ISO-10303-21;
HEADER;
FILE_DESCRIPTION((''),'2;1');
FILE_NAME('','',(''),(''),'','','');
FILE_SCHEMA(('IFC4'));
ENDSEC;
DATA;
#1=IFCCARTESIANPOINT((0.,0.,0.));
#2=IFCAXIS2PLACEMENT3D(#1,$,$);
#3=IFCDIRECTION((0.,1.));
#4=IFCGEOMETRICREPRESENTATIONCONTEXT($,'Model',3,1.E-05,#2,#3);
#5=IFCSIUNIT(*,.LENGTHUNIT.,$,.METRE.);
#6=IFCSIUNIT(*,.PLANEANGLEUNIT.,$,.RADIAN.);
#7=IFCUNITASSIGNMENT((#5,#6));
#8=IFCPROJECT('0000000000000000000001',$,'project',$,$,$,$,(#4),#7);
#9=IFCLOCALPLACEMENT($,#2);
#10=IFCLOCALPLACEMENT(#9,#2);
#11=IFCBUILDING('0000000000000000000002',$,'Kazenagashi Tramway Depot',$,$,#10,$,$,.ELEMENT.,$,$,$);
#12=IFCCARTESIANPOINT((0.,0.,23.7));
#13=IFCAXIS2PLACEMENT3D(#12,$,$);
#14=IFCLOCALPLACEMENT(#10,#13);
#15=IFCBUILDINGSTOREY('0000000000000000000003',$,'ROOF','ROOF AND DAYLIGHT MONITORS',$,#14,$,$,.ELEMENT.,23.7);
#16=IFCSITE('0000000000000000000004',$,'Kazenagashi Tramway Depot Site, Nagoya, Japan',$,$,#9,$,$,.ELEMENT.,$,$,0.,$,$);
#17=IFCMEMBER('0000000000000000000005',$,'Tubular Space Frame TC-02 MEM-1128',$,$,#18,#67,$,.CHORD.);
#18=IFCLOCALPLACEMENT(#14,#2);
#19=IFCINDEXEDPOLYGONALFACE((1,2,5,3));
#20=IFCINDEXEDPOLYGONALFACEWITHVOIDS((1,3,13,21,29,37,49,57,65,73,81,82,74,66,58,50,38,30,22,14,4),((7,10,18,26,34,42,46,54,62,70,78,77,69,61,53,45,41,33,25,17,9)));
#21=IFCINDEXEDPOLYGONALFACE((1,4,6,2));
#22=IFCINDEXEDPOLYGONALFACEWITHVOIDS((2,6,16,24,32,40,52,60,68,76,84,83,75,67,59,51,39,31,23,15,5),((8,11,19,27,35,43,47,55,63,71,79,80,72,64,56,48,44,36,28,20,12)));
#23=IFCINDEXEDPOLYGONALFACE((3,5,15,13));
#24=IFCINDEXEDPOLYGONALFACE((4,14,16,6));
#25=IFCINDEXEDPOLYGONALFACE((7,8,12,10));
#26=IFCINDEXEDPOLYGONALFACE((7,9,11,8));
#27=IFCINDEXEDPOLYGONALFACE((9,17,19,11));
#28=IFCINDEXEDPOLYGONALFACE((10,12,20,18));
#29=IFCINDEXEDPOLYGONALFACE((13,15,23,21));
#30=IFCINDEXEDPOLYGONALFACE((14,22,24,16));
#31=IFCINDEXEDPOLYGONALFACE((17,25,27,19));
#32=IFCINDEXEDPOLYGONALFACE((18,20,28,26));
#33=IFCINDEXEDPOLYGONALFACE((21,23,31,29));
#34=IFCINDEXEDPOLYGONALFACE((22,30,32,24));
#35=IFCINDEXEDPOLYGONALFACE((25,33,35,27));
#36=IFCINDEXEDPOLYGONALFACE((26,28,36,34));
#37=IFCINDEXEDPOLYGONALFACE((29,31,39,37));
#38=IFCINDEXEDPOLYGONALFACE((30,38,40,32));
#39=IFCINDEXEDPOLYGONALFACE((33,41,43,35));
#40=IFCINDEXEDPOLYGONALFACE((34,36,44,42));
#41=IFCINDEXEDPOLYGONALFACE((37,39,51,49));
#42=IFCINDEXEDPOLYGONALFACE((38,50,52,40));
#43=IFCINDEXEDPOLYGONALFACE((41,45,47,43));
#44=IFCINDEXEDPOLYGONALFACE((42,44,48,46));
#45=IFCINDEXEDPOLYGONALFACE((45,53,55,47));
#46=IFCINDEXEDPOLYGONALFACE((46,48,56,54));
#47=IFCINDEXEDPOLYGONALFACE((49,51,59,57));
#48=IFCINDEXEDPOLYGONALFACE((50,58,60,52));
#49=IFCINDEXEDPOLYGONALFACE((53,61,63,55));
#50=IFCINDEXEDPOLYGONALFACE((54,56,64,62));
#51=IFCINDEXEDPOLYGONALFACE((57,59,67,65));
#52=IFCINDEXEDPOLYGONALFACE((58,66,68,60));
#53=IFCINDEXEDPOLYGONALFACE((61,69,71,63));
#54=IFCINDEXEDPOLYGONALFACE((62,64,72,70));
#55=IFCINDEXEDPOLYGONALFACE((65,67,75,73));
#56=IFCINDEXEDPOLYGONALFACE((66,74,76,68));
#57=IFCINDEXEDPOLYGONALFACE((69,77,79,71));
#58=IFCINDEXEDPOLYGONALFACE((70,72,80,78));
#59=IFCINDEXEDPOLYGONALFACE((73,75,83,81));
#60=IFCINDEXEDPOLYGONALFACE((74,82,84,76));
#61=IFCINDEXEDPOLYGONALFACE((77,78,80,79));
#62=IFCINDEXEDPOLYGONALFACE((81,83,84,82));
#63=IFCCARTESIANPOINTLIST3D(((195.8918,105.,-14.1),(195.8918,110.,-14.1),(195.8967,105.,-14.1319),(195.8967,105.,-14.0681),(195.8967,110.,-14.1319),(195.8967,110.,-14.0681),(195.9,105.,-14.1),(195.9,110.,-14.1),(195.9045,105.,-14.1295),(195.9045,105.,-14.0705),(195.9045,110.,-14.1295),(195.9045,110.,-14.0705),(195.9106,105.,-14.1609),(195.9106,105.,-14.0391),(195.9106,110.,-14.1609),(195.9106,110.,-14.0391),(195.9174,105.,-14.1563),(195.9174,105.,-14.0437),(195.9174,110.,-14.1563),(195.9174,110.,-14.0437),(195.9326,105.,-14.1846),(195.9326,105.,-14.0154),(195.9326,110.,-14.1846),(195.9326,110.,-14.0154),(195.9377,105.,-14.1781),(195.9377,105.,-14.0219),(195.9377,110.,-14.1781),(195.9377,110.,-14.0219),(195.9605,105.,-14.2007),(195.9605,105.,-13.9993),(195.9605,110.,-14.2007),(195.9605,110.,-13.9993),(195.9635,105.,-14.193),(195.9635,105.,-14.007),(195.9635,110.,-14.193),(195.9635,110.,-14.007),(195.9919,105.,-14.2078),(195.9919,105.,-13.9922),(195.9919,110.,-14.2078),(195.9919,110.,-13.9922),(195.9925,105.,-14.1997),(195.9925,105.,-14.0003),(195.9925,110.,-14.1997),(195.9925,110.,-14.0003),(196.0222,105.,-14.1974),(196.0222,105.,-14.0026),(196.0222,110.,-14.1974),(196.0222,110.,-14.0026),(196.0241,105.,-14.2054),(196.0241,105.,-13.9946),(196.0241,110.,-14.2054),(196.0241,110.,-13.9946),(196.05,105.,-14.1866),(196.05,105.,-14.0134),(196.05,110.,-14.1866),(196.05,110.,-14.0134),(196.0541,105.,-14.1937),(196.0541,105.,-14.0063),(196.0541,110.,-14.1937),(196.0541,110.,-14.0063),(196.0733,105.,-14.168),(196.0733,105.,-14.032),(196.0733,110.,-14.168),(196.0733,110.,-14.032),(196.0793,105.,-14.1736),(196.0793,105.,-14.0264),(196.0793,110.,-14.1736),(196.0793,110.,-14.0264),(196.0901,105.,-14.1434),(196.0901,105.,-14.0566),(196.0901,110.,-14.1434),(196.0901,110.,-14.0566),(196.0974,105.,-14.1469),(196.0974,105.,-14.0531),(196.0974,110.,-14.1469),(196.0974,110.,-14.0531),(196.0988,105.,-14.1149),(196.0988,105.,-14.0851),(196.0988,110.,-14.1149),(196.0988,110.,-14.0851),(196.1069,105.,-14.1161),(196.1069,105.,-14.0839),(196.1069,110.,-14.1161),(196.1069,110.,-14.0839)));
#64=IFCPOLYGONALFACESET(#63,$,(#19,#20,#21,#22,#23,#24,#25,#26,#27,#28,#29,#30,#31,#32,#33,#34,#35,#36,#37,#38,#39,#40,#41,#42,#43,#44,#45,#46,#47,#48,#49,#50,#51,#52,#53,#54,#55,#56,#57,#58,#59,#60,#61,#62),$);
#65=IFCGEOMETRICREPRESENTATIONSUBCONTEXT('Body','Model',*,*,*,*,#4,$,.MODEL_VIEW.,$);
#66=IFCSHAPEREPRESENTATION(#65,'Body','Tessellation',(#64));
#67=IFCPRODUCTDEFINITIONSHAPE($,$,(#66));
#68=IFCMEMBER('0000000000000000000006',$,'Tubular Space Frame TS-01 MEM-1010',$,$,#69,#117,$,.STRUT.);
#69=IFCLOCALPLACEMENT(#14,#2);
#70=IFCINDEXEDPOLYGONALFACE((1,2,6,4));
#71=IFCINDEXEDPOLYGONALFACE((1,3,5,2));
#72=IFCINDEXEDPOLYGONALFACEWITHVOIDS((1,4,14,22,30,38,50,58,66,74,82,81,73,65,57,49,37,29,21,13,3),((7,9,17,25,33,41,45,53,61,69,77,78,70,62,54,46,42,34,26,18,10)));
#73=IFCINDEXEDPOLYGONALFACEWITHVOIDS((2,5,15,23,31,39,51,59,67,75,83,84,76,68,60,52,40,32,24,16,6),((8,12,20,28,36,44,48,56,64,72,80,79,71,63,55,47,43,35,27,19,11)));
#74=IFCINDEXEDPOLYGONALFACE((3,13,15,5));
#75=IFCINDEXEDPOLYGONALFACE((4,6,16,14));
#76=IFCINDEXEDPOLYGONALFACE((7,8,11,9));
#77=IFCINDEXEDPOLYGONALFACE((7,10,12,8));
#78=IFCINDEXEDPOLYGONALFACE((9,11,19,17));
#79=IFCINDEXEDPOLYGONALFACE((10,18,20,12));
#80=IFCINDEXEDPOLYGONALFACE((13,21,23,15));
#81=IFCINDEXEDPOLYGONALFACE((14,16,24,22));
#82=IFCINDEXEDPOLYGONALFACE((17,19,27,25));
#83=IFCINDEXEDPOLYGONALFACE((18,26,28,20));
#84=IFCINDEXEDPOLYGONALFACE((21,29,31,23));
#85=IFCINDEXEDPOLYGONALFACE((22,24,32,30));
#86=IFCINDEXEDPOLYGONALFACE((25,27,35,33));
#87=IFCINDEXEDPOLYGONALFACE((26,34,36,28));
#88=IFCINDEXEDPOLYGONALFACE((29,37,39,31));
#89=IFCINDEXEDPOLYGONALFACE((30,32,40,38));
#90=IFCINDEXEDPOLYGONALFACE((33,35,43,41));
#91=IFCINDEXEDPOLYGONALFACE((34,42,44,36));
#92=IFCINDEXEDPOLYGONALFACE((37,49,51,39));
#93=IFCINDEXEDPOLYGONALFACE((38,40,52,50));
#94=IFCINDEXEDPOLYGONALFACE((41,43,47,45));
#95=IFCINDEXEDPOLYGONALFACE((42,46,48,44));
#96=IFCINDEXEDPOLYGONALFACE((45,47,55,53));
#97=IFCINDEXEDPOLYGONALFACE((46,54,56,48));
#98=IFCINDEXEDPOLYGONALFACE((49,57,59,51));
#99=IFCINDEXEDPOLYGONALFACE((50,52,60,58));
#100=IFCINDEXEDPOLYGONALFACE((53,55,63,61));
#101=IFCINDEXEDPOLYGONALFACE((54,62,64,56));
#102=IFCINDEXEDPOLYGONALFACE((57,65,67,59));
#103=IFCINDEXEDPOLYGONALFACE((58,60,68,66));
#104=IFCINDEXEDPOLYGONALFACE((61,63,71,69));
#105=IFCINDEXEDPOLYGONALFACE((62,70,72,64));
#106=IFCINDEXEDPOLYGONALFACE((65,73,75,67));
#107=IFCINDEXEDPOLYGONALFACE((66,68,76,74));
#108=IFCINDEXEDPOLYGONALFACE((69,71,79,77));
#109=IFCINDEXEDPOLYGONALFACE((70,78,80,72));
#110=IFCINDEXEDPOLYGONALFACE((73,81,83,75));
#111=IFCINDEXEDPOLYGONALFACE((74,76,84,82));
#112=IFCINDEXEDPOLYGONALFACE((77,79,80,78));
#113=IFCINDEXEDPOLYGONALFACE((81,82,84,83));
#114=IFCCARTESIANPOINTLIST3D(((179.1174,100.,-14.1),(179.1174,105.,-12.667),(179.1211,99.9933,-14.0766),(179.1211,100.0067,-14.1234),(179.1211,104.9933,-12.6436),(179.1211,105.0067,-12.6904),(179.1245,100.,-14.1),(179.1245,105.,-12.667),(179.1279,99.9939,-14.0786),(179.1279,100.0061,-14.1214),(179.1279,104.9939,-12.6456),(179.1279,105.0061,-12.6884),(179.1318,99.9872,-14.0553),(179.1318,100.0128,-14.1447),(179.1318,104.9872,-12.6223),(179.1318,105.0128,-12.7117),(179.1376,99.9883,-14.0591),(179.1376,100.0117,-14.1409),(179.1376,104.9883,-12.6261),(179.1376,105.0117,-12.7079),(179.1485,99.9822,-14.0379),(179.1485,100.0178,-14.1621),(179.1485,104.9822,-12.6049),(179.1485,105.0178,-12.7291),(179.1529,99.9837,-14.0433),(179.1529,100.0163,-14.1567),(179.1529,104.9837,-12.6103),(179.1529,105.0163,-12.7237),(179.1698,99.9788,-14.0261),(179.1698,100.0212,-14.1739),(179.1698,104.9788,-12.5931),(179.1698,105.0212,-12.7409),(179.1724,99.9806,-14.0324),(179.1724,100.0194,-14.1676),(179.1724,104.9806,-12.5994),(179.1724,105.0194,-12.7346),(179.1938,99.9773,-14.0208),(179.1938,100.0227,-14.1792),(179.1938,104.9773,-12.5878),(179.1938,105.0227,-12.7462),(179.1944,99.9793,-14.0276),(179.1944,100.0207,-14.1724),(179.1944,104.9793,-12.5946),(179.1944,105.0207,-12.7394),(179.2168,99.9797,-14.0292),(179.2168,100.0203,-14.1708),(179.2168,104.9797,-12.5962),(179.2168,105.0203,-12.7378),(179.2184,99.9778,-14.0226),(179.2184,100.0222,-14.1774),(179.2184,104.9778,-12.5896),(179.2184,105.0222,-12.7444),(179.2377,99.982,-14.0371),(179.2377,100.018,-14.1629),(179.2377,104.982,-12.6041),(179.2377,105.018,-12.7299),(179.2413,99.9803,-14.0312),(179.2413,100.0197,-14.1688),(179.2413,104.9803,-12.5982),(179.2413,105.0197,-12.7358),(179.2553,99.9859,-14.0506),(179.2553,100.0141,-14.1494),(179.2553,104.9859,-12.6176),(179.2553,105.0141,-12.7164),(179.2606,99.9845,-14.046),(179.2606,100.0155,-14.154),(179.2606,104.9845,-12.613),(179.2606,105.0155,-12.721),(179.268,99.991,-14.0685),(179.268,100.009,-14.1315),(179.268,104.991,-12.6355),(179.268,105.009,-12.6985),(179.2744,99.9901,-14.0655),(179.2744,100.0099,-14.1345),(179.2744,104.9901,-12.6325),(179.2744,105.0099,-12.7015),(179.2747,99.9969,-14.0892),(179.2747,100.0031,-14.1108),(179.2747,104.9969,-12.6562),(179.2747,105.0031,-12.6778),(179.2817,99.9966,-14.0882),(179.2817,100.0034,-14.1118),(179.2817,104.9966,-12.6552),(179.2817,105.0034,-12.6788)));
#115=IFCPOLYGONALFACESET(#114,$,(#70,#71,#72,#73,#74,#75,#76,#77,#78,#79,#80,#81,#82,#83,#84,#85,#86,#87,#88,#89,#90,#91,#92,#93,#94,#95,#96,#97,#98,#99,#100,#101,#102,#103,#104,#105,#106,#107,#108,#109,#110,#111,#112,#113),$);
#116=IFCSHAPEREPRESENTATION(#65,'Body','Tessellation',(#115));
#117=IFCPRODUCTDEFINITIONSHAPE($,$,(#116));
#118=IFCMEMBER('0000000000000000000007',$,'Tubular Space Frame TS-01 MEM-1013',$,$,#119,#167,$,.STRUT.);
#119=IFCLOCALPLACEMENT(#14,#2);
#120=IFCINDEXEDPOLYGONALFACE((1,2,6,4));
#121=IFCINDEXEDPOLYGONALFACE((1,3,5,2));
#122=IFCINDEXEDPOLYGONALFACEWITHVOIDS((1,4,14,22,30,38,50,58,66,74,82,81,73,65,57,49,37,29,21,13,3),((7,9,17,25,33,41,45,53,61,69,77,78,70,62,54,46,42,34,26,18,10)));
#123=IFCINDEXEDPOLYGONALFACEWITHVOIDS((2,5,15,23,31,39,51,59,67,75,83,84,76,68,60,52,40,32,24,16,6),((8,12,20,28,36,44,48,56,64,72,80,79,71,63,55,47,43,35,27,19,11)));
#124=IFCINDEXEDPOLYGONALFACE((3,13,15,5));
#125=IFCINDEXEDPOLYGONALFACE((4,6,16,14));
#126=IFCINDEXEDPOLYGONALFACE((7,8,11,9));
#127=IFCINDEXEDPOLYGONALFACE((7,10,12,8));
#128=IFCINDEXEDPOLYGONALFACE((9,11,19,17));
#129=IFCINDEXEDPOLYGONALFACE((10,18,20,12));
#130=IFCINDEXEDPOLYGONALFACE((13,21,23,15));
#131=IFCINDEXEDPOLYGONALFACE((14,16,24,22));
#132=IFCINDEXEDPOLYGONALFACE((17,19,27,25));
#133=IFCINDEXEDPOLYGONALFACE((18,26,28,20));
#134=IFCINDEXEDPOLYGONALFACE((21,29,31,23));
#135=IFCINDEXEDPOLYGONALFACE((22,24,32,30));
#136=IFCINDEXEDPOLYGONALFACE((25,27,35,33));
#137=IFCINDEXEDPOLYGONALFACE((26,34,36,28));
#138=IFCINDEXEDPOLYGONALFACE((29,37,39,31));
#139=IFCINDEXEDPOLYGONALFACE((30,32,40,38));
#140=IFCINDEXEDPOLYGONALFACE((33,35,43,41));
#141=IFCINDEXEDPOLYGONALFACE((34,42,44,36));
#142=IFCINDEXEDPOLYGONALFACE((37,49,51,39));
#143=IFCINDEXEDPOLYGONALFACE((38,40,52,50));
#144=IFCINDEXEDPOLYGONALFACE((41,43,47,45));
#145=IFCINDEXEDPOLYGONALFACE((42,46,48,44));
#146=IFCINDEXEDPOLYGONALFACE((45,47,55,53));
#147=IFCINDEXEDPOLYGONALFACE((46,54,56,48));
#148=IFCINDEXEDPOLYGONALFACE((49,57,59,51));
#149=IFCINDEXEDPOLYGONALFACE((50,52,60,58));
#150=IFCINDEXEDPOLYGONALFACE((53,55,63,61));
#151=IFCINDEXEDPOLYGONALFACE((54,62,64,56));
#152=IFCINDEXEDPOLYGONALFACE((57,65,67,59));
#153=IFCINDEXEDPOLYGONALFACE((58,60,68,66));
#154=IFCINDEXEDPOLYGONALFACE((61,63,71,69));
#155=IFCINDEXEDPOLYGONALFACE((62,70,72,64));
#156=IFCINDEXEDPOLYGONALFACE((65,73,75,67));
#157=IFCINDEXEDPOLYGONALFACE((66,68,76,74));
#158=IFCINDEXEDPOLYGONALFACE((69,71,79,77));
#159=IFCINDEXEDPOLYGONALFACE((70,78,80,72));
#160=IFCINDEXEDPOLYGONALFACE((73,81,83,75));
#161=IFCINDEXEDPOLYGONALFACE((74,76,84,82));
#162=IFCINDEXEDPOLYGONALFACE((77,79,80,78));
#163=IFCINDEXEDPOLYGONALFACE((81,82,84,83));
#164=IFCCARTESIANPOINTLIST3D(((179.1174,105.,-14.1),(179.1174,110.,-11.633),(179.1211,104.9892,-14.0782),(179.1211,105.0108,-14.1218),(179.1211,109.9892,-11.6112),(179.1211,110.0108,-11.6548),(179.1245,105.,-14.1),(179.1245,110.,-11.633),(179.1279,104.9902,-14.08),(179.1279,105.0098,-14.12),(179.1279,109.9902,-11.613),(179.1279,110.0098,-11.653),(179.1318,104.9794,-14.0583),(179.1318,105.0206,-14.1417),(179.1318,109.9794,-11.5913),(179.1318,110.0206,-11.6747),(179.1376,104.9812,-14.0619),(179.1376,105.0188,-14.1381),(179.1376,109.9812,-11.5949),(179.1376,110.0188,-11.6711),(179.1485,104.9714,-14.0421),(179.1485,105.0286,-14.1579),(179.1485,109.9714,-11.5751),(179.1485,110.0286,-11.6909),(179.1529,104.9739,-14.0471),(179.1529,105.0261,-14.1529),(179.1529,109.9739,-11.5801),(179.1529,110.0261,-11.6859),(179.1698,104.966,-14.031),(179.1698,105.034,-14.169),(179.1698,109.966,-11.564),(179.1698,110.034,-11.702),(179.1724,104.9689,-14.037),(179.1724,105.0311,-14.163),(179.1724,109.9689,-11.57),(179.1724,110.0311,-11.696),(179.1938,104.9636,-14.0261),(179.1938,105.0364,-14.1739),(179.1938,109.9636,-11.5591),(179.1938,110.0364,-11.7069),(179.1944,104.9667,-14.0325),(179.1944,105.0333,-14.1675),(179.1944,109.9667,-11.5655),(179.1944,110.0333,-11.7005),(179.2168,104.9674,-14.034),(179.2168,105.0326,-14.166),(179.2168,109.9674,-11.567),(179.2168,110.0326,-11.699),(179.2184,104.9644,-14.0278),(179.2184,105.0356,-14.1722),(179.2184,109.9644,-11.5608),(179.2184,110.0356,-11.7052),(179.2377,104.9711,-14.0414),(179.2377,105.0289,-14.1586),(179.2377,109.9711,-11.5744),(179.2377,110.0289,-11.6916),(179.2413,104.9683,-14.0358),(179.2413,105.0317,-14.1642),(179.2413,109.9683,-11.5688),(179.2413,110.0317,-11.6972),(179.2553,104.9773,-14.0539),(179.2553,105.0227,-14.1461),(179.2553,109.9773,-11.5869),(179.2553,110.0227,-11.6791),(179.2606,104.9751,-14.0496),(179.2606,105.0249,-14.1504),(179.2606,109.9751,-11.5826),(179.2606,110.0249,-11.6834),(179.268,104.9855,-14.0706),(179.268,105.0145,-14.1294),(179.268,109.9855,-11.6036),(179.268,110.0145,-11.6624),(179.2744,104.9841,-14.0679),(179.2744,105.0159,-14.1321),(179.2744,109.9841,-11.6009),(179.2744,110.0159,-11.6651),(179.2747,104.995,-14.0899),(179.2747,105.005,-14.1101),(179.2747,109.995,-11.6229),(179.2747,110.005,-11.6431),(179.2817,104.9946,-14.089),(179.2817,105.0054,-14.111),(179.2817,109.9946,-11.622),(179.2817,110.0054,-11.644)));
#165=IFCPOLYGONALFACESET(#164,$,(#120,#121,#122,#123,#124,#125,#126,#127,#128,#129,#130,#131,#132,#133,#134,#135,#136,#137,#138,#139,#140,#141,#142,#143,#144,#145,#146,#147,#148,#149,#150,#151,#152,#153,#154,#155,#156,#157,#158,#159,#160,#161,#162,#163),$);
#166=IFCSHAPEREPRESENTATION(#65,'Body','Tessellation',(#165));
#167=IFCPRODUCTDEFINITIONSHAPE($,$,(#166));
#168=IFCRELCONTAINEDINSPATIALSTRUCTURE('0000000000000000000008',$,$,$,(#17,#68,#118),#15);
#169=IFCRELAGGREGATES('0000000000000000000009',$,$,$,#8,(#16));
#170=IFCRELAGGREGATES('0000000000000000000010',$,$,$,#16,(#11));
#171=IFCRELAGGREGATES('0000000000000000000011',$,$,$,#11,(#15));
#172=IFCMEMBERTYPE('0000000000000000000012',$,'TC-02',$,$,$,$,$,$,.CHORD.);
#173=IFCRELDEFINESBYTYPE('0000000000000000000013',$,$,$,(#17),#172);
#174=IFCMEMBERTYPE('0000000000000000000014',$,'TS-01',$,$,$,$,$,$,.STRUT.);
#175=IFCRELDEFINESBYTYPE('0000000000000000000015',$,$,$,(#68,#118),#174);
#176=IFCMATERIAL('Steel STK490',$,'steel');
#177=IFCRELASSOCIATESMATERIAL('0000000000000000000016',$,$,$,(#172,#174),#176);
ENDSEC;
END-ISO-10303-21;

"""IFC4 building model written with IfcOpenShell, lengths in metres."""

from ifc_helpers import new_model, si_unit, direction, frame, origin, origin_2d, place, context, subcontext, project, spatial, hollow_circle, extrude, material, material_profile, profile_set, type_object, element, save


model = new_model("IFC4")

# Units and contexts
model_context = context("Model", 3, precision=1e-05, world=origin(), true_north=direction((0.0, 1.0)))
body_context = subcontext(model_context, "Body", "Model", "MODEL_VIEW")
ifc_project = project(units=[si_unit("LENGTHUNIT", "METRE"), si_unit("PLANEANGLEUNIT", "RADIAN")], contexts=[model_context])

# Site, building, storey
site_placement = place(None, origin())
site = spatial("IfcSite", under=ifc_project, at=site_placement, Name="Kazenagashi Tramway Depot Site, Nagoya, Japan", CompositionType="ELEMENT", RefElevation=0.0)
building_placement = place(site_placement, origin())
building = spatial("IfcBuilding", under=site, at=building_placement, Name="Kazenagashi Tramway Depot", CompositionType="ELEMENT")
storey_placement = place(building_placement, frame((0.0, 0.0, 23.7)))
storey = spatial("IfcBuildingStorey", under=building, at=storey_placement, Name="ROOF", Description="ROOF AND DAYLIGHT MONITORS", CompositionType="ELEMENT", Elevation=23.7)

# Members
ifc_material_1 = material(Name="Steel STK490", Category="steel")
ifc_material_profile_1 = material_profile(ifc_material_1, hollow_circle(Radius=0.1081, WallThickness=0.0082, at=origin_2d()), Name="CHS-216.3x8.2")
ifc_profile_set_1 = profile_set([ifc_material_profile_1], Name="Steel STK490")
member_type_1 = type_object("IfcMemberType", Name="TC-02", PredefinedType="CHORD", material=ifc_profile_set_1)
for number, where, z_axis, x_axis, name in (
    (1, (196.0, 105.0, -14.1), (0.0, 1.0, 0.0), (-1.0, 0.0, 0.0), "Tubular Space Frame TC-02 MEM-1128"),
):
    element("IfcMember", number, at=place(storey_placement, frame(where, z_axis=z_axis, x_axis=x_axis)), inside=storey, type_object=member_type_1, Name=name, PredefinedType="CHORD", context=body_context, shape_type="SweptSolid", body=[
        extrude(hollow_circle(Radius=0.1081, WallThickness=0.0082, at=origin_2d()), origin(), (0.0, 0.0, 1.0), 5.0),
    ])
ifc_material_profile_2 = material_profile(ifc_material_1, hollow_circle(Radius=0.0826, WallThickness=0.0071, at=origin_2d()), Name="CHS-165.2x7.1")
ifc_profile_set_2 = profile_set([ifc_material_profile_2], Name="Steel STK490")
member_type_2 = type_object("IfcMemberType", Name="TS-01", PredefinedType="STRUT", material=ifc_profile_set_2)
member_1_placement = place(storey_placement, frame((179.2, 100.0, -14.1), z_axis=(0.0, 0.961299, 0.275508), x_axis=(-1.0, 0.0, 0.0)))
element("IfcMember", 2, at=member_1_placement, inside=storey, type_object=member_type_2, Name="Tubular Space Frame TS-01 MEM-1010", PredefinedType="STRUT", context=body_context, shape_type="SweptSolid", body=[
    extrude(hollow_circle(Radius=0.0826, WallThickness=0.0071, at=origin_2d()), origin(), (0.0, 0.0, 1.0), 5.2013),
])
member_2_placement = place(storey_placement, frame((179.2, 105.0, -14.1), z_axis=(0.0, 0.896782, 0.442472), x_axis=(-1.0, 0.0, 0.0)))
element("IfcMember", 3, at=member_2_placement, inside=storey, type_object=member_type_2, Name="Tubular Space Frame TS-01 MEM-1013", PredefinedType="STRUT", context=body_context, shape_type="SweptSolid", body=[
    extrude(hollow_circle(Radius=0.0826, WallThickness=0.0071, at=origin_2d()), origin(), (0.0, 0.0, 1.0), 5.5755),
])

save(model, "model.ifc")
